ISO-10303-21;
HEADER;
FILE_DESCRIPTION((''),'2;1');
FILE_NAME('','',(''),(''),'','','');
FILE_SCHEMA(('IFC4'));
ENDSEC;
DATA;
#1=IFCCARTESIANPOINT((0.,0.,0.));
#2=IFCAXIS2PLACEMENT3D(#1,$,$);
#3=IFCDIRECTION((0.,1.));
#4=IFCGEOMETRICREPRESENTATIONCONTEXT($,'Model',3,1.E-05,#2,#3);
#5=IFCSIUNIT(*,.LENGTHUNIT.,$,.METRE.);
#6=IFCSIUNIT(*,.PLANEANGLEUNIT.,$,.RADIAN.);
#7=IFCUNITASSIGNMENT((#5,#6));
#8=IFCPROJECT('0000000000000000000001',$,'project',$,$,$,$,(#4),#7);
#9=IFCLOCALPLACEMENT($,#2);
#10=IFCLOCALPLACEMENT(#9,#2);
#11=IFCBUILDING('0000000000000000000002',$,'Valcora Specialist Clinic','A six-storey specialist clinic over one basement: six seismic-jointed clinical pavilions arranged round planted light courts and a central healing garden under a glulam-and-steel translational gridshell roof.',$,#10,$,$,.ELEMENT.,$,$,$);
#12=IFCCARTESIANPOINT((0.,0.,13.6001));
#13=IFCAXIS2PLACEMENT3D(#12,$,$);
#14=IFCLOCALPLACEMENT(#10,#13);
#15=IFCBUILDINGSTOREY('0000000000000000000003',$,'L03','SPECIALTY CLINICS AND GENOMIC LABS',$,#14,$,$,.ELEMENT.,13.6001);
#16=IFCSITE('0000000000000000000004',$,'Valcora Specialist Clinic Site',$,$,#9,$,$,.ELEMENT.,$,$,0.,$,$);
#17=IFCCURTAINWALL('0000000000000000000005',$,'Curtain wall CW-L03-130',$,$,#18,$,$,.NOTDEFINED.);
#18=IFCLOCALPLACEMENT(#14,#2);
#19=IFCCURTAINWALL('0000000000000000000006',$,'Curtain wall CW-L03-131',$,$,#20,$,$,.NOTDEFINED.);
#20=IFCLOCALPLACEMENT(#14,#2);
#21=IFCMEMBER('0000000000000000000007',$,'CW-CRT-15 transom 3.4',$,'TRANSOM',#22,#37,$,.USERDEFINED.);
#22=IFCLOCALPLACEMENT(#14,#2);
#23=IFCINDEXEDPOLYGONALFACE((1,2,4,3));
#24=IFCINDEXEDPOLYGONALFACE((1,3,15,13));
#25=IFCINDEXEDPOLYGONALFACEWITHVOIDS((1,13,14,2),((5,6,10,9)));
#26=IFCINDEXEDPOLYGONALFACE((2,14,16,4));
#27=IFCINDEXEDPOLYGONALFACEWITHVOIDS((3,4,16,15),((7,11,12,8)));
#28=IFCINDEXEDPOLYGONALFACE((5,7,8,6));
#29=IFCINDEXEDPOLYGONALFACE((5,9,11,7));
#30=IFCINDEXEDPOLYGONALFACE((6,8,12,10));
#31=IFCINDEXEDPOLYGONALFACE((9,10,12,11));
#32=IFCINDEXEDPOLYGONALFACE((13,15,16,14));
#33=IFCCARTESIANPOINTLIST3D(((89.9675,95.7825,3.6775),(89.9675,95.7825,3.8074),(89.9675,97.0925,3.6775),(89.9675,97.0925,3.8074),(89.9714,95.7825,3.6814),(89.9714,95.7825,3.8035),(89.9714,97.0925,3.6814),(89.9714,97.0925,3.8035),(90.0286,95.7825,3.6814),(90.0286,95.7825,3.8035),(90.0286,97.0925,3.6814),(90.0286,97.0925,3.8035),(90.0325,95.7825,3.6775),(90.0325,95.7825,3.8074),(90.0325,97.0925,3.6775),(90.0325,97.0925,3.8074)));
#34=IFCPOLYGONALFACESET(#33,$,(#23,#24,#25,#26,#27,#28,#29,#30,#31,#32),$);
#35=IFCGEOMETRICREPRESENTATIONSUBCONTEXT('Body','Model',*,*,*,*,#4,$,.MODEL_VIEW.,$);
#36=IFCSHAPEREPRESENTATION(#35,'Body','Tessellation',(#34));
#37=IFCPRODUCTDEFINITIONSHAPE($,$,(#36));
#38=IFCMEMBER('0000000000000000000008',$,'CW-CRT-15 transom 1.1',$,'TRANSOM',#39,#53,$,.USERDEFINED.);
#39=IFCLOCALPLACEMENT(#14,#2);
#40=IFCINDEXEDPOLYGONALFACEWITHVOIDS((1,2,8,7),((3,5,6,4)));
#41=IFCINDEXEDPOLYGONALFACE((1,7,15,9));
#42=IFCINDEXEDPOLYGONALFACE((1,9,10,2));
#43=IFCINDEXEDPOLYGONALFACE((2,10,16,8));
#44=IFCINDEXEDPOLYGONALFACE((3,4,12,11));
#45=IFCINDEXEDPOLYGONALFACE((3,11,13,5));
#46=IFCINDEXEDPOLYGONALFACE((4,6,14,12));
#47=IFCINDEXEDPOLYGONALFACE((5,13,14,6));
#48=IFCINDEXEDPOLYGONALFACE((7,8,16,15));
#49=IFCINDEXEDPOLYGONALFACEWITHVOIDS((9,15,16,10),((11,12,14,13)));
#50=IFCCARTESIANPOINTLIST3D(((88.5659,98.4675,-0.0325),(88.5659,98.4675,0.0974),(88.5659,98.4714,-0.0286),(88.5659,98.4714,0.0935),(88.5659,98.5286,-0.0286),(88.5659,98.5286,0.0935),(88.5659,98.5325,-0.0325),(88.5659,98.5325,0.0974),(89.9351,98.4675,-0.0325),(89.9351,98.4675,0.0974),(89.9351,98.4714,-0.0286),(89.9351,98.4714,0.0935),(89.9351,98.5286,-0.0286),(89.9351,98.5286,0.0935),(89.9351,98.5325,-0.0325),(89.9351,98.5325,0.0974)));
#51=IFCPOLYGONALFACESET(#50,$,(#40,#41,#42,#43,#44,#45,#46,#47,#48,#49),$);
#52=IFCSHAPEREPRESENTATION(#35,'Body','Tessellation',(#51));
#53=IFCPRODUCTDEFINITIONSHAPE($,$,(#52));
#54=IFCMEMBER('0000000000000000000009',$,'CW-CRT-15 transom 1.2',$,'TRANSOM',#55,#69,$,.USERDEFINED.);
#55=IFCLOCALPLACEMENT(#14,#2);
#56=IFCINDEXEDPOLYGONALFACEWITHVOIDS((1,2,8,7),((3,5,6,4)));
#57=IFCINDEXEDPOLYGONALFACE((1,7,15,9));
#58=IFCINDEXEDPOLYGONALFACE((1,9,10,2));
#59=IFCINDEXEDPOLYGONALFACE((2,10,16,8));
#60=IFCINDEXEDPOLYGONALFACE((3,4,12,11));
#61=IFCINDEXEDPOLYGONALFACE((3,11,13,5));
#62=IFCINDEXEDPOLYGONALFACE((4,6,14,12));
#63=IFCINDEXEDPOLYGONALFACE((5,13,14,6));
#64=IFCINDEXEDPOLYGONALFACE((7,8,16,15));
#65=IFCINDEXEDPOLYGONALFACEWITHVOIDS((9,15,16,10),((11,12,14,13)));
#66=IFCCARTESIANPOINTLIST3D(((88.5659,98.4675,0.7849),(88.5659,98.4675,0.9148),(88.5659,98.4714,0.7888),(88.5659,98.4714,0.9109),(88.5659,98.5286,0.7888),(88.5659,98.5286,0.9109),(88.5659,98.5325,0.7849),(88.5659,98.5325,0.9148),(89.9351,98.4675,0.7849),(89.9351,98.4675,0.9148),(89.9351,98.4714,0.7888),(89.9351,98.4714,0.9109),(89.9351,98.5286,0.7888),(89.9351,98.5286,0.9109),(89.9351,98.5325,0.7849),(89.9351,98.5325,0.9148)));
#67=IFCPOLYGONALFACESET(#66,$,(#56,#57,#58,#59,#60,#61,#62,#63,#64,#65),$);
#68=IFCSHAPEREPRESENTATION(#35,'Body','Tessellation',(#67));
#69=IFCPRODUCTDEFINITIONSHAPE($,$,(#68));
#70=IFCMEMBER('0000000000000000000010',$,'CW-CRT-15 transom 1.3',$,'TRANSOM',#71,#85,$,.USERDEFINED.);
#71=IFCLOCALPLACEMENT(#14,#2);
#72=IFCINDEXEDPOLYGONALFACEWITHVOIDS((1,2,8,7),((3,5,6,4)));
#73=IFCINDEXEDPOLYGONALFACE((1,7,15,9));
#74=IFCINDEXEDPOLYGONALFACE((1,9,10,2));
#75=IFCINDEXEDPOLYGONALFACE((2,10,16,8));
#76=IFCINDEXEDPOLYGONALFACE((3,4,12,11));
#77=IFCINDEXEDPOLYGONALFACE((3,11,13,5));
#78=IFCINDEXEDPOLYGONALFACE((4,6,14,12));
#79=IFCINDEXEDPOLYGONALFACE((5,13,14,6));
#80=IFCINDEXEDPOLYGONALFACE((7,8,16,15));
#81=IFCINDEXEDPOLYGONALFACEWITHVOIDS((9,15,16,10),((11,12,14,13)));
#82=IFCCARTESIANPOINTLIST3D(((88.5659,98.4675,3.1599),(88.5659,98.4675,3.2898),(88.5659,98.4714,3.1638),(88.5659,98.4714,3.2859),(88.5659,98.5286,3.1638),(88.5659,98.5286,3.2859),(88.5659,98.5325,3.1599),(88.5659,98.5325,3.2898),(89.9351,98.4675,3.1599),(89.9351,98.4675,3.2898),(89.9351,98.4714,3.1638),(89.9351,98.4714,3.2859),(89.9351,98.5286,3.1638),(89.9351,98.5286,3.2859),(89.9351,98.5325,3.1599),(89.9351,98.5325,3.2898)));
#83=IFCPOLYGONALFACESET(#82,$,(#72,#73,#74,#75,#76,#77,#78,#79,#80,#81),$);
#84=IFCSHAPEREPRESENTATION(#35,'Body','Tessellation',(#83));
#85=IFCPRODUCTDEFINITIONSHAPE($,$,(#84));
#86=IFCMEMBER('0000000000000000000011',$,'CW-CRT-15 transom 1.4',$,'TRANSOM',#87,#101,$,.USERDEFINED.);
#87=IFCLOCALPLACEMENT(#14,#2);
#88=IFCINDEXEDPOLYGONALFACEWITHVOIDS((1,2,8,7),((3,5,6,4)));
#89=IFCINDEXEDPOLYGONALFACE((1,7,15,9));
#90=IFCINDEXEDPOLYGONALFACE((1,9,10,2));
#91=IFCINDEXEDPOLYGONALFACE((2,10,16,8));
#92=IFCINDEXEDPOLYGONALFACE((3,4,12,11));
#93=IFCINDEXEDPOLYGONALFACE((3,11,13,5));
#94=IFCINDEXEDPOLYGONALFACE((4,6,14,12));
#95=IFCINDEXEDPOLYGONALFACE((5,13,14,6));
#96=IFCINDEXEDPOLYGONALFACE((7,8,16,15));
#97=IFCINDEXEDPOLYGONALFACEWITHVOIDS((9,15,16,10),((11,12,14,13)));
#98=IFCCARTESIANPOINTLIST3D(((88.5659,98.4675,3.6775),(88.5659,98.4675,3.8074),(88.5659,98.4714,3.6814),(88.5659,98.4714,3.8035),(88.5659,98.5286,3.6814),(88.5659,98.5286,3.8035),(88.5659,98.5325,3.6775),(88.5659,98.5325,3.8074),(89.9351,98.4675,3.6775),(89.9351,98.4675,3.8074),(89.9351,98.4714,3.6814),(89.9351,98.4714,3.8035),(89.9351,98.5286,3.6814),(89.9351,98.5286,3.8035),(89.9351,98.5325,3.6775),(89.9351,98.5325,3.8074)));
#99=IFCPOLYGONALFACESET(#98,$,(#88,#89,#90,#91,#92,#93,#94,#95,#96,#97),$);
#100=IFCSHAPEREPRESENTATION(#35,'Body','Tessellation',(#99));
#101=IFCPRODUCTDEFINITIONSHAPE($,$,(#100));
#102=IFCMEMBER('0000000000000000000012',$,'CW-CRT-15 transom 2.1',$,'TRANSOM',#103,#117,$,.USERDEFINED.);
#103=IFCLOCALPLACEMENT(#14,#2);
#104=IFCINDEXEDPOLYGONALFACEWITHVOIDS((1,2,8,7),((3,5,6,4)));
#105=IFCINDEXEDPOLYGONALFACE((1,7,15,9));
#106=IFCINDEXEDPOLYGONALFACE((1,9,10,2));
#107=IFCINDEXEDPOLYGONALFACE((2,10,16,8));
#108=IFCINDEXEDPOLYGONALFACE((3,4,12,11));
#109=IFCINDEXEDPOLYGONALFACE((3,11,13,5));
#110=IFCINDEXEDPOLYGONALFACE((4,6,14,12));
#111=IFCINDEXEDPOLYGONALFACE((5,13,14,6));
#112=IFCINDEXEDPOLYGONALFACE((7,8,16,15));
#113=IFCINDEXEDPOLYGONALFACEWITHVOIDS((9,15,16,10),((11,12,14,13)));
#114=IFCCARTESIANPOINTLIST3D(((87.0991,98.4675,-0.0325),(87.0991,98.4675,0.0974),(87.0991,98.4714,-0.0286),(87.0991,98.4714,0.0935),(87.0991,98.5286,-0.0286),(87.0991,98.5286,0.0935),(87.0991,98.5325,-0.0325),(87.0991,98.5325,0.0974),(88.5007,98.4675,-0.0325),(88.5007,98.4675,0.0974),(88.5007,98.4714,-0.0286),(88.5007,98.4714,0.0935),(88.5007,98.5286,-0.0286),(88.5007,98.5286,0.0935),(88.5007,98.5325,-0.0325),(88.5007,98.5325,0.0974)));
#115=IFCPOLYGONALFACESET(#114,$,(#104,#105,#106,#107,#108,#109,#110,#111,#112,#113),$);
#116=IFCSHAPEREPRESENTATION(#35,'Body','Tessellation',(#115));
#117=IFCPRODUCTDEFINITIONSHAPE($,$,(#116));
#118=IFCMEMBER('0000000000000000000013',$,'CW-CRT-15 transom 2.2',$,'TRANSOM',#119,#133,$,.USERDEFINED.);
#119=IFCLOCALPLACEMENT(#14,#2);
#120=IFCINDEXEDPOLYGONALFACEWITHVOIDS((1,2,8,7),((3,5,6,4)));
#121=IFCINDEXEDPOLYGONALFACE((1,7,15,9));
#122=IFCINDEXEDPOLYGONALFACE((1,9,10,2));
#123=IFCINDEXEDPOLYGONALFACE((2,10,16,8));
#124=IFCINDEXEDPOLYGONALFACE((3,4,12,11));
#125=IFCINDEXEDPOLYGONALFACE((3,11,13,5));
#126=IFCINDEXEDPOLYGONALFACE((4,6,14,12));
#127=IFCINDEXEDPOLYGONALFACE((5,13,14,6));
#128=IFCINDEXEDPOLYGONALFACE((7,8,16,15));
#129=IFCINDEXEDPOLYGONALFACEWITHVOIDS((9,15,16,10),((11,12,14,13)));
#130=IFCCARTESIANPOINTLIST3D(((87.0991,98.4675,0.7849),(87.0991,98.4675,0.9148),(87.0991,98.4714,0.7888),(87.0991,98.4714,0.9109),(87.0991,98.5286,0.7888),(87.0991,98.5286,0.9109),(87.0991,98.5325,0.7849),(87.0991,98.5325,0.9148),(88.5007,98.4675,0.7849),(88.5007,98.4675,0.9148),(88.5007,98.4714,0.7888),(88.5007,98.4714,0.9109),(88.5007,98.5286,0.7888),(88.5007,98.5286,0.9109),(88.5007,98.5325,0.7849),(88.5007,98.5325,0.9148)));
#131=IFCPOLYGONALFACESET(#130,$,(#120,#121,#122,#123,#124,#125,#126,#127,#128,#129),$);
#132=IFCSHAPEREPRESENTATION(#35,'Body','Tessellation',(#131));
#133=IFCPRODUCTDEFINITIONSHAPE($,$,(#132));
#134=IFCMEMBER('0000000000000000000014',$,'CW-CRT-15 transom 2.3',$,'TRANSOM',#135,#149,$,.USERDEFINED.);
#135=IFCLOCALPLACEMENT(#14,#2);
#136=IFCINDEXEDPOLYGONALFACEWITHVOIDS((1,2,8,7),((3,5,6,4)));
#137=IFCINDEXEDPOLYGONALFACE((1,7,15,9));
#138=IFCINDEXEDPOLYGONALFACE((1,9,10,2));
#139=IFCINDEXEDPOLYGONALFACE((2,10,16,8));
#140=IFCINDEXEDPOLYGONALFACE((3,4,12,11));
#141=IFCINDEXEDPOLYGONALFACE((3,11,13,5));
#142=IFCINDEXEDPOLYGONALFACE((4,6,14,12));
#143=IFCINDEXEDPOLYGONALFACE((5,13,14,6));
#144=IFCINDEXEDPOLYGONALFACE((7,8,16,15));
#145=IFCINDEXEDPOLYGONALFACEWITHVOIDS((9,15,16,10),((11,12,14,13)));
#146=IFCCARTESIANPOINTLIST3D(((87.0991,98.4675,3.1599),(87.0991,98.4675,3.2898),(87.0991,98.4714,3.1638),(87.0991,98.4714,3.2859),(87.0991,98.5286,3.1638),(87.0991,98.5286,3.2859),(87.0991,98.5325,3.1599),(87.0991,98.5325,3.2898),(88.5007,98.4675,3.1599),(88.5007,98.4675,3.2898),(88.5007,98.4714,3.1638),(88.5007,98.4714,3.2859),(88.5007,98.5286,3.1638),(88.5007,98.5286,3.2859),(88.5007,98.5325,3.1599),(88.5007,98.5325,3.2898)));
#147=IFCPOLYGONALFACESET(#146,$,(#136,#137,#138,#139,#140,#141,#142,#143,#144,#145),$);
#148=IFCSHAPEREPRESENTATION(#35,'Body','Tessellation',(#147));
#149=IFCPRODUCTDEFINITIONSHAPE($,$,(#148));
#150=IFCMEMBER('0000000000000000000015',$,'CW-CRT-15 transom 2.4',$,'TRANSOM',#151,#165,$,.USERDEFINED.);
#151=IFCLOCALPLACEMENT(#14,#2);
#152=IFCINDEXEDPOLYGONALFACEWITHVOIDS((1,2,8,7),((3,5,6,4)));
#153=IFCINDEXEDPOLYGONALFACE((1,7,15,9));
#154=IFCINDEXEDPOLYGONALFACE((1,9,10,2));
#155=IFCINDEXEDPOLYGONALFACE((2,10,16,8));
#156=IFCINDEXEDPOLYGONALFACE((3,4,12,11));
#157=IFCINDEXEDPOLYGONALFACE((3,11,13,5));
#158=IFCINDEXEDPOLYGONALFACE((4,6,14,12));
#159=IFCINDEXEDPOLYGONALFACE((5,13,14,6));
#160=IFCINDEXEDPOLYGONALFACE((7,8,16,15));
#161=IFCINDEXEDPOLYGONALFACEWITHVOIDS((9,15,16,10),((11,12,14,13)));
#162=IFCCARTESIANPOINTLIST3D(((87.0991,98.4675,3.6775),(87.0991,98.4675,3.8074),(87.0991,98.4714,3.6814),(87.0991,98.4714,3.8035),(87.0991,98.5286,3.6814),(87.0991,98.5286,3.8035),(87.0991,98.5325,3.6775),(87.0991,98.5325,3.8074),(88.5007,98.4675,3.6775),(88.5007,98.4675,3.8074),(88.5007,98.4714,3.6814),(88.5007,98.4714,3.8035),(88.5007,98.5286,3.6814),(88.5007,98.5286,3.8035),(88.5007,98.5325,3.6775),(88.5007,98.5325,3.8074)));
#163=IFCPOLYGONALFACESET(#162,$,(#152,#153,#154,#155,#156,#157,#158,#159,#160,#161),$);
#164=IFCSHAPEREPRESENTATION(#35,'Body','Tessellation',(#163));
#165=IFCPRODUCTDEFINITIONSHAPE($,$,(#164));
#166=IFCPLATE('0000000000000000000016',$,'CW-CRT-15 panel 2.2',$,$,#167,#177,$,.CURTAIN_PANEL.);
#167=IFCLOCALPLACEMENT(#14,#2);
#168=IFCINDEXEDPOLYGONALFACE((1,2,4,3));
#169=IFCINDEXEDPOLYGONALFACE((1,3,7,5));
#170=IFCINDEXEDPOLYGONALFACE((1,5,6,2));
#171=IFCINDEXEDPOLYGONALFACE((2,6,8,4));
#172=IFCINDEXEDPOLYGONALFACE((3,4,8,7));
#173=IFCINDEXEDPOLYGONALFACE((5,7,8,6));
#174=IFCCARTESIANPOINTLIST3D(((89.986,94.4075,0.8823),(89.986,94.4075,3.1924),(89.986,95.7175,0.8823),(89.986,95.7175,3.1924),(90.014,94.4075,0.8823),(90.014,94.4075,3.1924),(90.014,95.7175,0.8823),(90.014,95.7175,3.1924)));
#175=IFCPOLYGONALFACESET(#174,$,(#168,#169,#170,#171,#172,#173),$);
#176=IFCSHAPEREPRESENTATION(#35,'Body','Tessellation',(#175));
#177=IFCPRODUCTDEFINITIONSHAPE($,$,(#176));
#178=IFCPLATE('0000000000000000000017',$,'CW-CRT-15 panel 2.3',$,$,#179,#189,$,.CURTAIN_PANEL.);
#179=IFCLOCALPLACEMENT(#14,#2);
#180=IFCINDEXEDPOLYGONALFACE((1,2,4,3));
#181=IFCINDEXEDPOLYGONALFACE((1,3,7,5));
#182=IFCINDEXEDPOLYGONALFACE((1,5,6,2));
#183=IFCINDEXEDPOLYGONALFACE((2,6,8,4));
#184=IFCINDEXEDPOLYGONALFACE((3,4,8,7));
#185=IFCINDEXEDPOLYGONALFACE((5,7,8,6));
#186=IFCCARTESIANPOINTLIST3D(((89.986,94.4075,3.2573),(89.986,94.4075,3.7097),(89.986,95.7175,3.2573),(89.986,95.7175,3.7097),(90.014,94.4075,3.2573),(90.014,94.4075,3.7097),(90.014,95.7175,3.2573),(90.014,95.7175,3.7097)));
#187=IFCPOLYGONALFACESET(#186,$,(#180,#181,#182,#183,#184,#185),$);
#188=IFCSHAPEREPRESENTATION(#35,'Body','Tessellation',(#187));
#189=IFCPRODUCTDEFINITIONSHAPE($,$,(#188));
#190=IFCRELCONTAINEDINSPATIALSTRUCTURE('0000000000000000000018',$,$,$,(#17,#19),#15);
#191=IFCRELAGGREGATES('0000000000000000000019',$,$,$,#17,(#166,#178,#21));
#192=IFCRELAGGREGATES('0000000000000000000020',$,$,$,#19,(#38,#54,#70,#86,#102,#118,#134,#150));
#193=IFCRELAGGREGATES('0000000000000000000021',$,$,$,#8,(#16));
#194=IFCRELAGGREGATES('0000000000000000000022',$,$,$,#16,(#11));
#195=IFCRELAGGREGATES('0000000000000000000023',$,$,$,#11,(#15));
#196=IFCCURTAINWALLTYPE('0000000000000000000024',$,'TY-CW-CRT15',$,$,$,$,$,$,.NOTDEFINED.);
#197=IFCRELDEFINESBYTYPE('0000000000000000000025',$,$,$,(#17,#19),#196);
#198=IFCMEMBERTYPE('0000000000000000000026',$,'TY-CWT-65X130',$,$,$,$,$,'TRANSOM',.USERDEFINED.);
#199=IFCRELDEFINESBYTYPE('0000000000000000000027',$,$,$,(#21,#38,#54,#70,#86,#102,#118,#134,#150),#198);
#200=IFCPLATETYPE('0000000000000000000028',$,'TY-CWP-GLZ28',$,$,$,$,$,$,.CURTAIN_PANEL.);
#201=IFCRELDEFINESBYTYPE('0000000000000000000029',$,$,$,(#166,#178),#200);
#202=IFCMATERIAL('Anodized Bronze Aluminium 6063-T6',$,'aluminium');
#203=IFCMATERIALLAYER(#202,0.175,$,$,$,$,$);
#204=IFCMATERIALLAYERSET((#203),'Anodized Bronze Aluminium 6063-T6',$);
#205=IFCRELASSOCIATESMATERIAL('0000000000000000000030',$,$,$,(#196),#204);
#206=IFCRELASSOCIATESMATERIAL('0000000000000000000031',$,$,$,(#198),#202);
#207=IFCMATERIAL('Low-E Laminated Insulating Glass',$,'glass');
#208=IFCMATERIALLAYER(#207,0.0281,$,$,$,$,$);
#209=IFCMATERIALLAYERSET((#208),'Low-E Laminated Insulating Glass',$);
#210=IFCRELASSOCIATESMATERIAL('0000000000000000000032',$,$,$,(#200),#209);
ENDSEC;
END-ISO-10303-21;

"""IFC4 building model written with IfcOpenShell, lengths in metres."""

from ifc_helpers import new_model, si_unit, direction, frame, origin, origin_2d, place, context, subcontext, project, spatial, rectangle, hollow_rectangle, extrude, material, layer, layer_set, material_profile, profile_set, type_object, element, aggregate, save


model = new_model("IFC4")

# Units and contexts
model_context = context("Model", 3, precision=1e-05, world=origin(), true_north=direction((0.0, 1.0)))
body_context = subcontext(model_context, "Body", "Model", "MODEL_VIEW")
ifc_project = project(units=[si_unit("LENGTHUNIT", "METRE"), si_unit("PLANEANGLEUNIT", "RADIAN")], contexts=[model_context])

# Site, building, storey
site_placement = place(None, origin())
site = spatial("IfcSite", under=ifc_project, at=site_placement, Name="Valcora Specialist Clinic Site", CompositionType="ELEMENT", RefElevation=0.0)
building_placement = place(site_placement, origin())
building = spatial("IfcBuilding", under=site, at=building_placement, Name="Valcora Specialist Clinic", Description="A six-storey specialist clinic over one basement: six seismic-jointed clinical pavilions arranged round planted light courts and a central healing garden under a glulam-and-steel translational gridshell roof.", CompositionType="ELEMENT")
storey_placement = place(building_placement, frame((0.0, 0.0, 13.6001)))
storey = spatial("IfcBuildingStorey", under=building, at=storey_placement, Name="L03", Description="SPECIALTY CLINICS AND GENOMIC LABS", CompositionType="ELEMENT", Elevation=13.6001)

# Curtain walls
ifc_material_1 = material(Name="Anodized Bronze Aluminium 6063-T6", Category="aluminium")
ifc_layer_1 = layer(ifc_material_1, 0.175)
ifc_layer_set_1 = layer_set([ifc_layer_1], Name="Anodized Bronze Aluminium 6063-T6")
curtain_wall_type = type_object("IfcCurtainWallType", Name="TY-CW-CRT15", PredefinedType="NOTDEFINED", material=ifc_layer_set_1)
curtain_wall_1_placement = place(storey_placement, origin())
curtain_wall_1 = element("IfcCurtainWall", 1, at=curtain_wall_1_placement, inside=storey, type_object=curtain_wall_type, Name="Curtain wall CW-L03-130", PredefinedType="NOTDEFINED")
curtain_wall_2_placement = place(storey_placement, origin())
curtain_wall_2 = element("IfcCurtainWall", 2, at=curtain_wall_2_placement, inside=storey, type_object=curtain_wall_type, Name="Curtain wall CW-L03-131", PredefinedType="NOTDEFINED")

# Members
ifc_material_profile_1 = material_profile(ifc_material_1, hollow_rectangle(XDim=0.0649, YDim=0.1299, WallThickness=0.0039, at=origin_2d()), Name="AL-TRN-65X130")
ifc_profile_set_1 = profile_set([ifc_material_profile_1], Name="Anodized Bronze Aluminium 6063-T6")
member_type_1 = type_object("IfcMemberType", Name="TY-CWT-65X130", ElementType="TRANSOM", PredefinedType="USERDEFINED", material=ifc_profile_set_1)
member_1_placement = place(storey_placement, frame((90.0, 95.7825, 3.7424), z_axis=(0.0, 1.0, 0.0), x_axis=(-1.0, 0.0, 0.0)))
member_1 = element("IfcMember", 3, at=member_1_placement, type_object=member_type_1, Name="CW-CRT-15 transom 3.4", ObjectType="TRANSOM", PredefinedType="USERDEFINED", context=body_context, shape_type="SweptSolid", body=[
    extrude(hollow_rectangle(XDim=0.0649, YDim=0.1299, WallThickness=0.0039, at=origin_2d()), origin(), (0.0, 0.0, 1.0), 1.3101),
])
member_2_placement = place(storey_placement, frame((89.9351, 98.5, 0.0325), z_axis=(-1.0, 0.0, 0.0), x_axis=(0.0, -1.0, 0.0)))
member_2 = element("IfcMember", 4, at=member_2_placement, type_object=member_type_1, Name="CW-CRT-15 transom 1.1", ObjectType="TRANSOM", PredefinedType="USERDEFINED", context=body_context, shape_type="SweptSolid", body=[
    extrude(hollow_rectangle(XDim=0.0649, YDim=0.1299, WallThickness=0.0039, at=origin_2d()), origin(), (0.0, 0.0, 1.0), 1.3691),
])
member_3_placement = place(storey_placement, frame((89.9351, 98.5, 0.8499), z_axis=(-1.0, 0.0, 0.0), x_axis=(0.0, -1.0, 0.0)))
member_3 = element("IfcMember", 5, at=member_3_placement, type_object=member_type_1, Name="CW-CRT-15 transom 1.2", ObjectType="TRANSOM", PredefinedType="USERDEFINED", context=body_context, shape_type="SweptSolid", body=[
    extrude(hollow_rectangle(XDim=0.0649, YDim=0.1299, WallThickness=0.0039, at=origin_2d()), origin(), (0.0, 0.0, 1.0), 1.3691),
])
member_4_placement = place(storey_placement, frame((89.9351, 98.5, 3.2249), z_axis=(-1.0, 0.0, 0.0), x_axis=(0.0, -1.0, 0.0)))
member_4 = element("IfcMember", 6, at=member_4_placement, type_object=member_type_1, Name="CW-CRT-15 transom 1.3", ObjectType="TRANSOM", PredefinedType="USERDEFINED", context=body_context, shape_type="SweptSolid", body=[
    extrude(hollow_rectangle(XDim=0.0649, YDim=0.1299, WallThickness=0.0039, at=origin_2d()), origin(), (0.0, 0.0, 1.0), 1.3691),
])
member_5_placement = place(storey_placement, frame((89.9351, 98.5, 3.7424), z_axis=(-1.0, 0.0, 0.0), x_axis=(0.0, -1.0, 0.0)))
member_5 = element("IfcMember", 7, at=member_5_placement, type_object=member_type_1, Name="CW-CRT-15 transom 1.4", ObjectType="TRANSOM", PredefinedType="USERDEFINED", context=body_context, shape_type="SweptSolid", body=[
    extrude(hollow_rectangle(XDim=0.0649, YDim=0.1299, WallThickness=0.0039, at=origin_2d()), origin(), (0.0, 0.0, 1.0), 1.3691),
])
member_6_placement = place(storey_placement, frame((88.5007, 98.5, 0.0325), z_axis=(-1.0, 0.0, 0.0), x_axis=(0.0, -1.0, 0.0)))
member_6 = element("IfcMember", 8, at=member_6_placement, type_object=member_type_1, Name="CW-CRT-15 transom 2.1", ObjectType="TRANSOM", PredefinedType="USERDEFINED", context=body_context, shape_type="SweptSolid", body=[
    extrude(hollow_rectangle(XDim=0.0649, YDim=0.1299, WallThickness=0.0039, at=origin_2d()), origin(), (0.0, 0.0, 1.0), 1.4016),
])
member_7_placement = place(storey_placement, frame((88.5007, 98.5, 0.8499), z_axis=(-1.0, 0.0, 0.0), x_axis=(0.0, -1.0, 0.0)))
member_7 = element("IfcMember", 9, at=member_7_placement, type_object=member_type_1, Name="CW-CRT-15 transom 2.2", ObjectType="TRANSOM", PredefinedType="USERDEFINED", context=body_context, shape_type="SweptSolid", body=[
    extrude(hollow_rectangle(XDim=0.0649, YDim=0.1299, WallThickness=0.0039, at=origin_2d()), origin(), (0.0, 0.0, 1.0), 1.4016),
])
member_8_placement = place(storey_placement, frame((88.5007, 98.5, 3.2249), z_axis=(-1.0, 0.0, 0.0), x_axis=(0.0, -1.0, 0.0)))
member_8 = element("IfcMember", 10, at=member_8_placement, type_object=member_type_1, Name="CW-CRT-15 transom 2.3", ObjectType="TRANSOM", PredefinedType="USERDEFINED", context=body_context, shape_type="SweptSolid", body=[
    extrude(hollow_rectangle(XDim=0.0649, YDim=0.1299, WallThickness=0.0039, at=origin_2d()), origin(), (0.0, 0.0, 1.0), 1.4016),
])
member_9_placement = place(storey_placement, frame((88.5007, 98.5, 3.7424), z_axis=(-1.0, 0.0, 0.0), x_axis=(0.0, -1.0, 0.0)))
member_9 = element("IfcMember", 11, at=member_9_placement, type_object=member_type_1, Name="CW-CRT-15 transom 2.4", ObjectType="TRANSOM", PredefinedType="USERDEFINED", context=body_context, shape_type="SweptSolid", body=[
    extrude(hollow_rectangle(XDim=0.0649, YDim=0.1299, WallThickness=0.0039, at=origin_2d()), origin(), (0.0, 0.0, 1.0), 1.4016),
])

# Plates
ifc_material_2 = material(Name="Low-E Laminated Insulating Glass", Category="glass")
ifc_layer_2 = layer(ifc_material_2, 0.0281)
ifc_layer_set_2 = layer_set([ifc_layer_2], Name="Low-E Laminated Insulating Glass")
plate_type_1 = type_object("IfcPlateType", Name="TY-CWP-GLZ28", PredefinedType="CURTAIN_PANEL", material=ifc_layer_set_2)
plate_1_placement = place(storey_placement, frame((90.0, 95.0625, 0.8823), z_axis=(0.0, 0.0, 1.0), x_axis=(0.0, 1.0, 0.0)))
plate_1 = element("IfcPlate", 12, at=plate_1_placement, type_object=plate_type_1, Name="CW-CRT-15 panel 2.2", PredefinedType="CURTAIN_PANEL", context=body_context, shape_type="SweptSolid", body=[
    extrude(rectangle(XDim=1.3101, YDim=0.0281, at=origin_2d()), origin(), (0.0, 0.0, 1.0), 2.3101),
])
plate_2_placement = place(storey_placement, frame((90.0, 95.0625, 3.2573), z_axis=(0.0, 0.0, 1.0), x_axis=(0.0, 1.0, 0.0)))
plate_2 = element("IfcPlate", 13, at=plate_2_placement, type_object=plate_type_1, Name="CW-CRT-15 panel 2.3", PredefinedType="CURTAIN_PANEL", context=body_context, shape_type="SweptSolid", body=[
    extrude(rectangle(XDim=1.3101, YDim=0.0281, at=origin_2d()), origin(), (0.0, 0.0, 1.0), 0.4524),
])
aggregate(curtain_wall_1, [plate_1, plate_2, member_1])
aggregate(curtain_wall_2, [member_2, member_3, member_4, member_5, member_6, member_7, member_8, member_9])

save(model, "model.ifc")
